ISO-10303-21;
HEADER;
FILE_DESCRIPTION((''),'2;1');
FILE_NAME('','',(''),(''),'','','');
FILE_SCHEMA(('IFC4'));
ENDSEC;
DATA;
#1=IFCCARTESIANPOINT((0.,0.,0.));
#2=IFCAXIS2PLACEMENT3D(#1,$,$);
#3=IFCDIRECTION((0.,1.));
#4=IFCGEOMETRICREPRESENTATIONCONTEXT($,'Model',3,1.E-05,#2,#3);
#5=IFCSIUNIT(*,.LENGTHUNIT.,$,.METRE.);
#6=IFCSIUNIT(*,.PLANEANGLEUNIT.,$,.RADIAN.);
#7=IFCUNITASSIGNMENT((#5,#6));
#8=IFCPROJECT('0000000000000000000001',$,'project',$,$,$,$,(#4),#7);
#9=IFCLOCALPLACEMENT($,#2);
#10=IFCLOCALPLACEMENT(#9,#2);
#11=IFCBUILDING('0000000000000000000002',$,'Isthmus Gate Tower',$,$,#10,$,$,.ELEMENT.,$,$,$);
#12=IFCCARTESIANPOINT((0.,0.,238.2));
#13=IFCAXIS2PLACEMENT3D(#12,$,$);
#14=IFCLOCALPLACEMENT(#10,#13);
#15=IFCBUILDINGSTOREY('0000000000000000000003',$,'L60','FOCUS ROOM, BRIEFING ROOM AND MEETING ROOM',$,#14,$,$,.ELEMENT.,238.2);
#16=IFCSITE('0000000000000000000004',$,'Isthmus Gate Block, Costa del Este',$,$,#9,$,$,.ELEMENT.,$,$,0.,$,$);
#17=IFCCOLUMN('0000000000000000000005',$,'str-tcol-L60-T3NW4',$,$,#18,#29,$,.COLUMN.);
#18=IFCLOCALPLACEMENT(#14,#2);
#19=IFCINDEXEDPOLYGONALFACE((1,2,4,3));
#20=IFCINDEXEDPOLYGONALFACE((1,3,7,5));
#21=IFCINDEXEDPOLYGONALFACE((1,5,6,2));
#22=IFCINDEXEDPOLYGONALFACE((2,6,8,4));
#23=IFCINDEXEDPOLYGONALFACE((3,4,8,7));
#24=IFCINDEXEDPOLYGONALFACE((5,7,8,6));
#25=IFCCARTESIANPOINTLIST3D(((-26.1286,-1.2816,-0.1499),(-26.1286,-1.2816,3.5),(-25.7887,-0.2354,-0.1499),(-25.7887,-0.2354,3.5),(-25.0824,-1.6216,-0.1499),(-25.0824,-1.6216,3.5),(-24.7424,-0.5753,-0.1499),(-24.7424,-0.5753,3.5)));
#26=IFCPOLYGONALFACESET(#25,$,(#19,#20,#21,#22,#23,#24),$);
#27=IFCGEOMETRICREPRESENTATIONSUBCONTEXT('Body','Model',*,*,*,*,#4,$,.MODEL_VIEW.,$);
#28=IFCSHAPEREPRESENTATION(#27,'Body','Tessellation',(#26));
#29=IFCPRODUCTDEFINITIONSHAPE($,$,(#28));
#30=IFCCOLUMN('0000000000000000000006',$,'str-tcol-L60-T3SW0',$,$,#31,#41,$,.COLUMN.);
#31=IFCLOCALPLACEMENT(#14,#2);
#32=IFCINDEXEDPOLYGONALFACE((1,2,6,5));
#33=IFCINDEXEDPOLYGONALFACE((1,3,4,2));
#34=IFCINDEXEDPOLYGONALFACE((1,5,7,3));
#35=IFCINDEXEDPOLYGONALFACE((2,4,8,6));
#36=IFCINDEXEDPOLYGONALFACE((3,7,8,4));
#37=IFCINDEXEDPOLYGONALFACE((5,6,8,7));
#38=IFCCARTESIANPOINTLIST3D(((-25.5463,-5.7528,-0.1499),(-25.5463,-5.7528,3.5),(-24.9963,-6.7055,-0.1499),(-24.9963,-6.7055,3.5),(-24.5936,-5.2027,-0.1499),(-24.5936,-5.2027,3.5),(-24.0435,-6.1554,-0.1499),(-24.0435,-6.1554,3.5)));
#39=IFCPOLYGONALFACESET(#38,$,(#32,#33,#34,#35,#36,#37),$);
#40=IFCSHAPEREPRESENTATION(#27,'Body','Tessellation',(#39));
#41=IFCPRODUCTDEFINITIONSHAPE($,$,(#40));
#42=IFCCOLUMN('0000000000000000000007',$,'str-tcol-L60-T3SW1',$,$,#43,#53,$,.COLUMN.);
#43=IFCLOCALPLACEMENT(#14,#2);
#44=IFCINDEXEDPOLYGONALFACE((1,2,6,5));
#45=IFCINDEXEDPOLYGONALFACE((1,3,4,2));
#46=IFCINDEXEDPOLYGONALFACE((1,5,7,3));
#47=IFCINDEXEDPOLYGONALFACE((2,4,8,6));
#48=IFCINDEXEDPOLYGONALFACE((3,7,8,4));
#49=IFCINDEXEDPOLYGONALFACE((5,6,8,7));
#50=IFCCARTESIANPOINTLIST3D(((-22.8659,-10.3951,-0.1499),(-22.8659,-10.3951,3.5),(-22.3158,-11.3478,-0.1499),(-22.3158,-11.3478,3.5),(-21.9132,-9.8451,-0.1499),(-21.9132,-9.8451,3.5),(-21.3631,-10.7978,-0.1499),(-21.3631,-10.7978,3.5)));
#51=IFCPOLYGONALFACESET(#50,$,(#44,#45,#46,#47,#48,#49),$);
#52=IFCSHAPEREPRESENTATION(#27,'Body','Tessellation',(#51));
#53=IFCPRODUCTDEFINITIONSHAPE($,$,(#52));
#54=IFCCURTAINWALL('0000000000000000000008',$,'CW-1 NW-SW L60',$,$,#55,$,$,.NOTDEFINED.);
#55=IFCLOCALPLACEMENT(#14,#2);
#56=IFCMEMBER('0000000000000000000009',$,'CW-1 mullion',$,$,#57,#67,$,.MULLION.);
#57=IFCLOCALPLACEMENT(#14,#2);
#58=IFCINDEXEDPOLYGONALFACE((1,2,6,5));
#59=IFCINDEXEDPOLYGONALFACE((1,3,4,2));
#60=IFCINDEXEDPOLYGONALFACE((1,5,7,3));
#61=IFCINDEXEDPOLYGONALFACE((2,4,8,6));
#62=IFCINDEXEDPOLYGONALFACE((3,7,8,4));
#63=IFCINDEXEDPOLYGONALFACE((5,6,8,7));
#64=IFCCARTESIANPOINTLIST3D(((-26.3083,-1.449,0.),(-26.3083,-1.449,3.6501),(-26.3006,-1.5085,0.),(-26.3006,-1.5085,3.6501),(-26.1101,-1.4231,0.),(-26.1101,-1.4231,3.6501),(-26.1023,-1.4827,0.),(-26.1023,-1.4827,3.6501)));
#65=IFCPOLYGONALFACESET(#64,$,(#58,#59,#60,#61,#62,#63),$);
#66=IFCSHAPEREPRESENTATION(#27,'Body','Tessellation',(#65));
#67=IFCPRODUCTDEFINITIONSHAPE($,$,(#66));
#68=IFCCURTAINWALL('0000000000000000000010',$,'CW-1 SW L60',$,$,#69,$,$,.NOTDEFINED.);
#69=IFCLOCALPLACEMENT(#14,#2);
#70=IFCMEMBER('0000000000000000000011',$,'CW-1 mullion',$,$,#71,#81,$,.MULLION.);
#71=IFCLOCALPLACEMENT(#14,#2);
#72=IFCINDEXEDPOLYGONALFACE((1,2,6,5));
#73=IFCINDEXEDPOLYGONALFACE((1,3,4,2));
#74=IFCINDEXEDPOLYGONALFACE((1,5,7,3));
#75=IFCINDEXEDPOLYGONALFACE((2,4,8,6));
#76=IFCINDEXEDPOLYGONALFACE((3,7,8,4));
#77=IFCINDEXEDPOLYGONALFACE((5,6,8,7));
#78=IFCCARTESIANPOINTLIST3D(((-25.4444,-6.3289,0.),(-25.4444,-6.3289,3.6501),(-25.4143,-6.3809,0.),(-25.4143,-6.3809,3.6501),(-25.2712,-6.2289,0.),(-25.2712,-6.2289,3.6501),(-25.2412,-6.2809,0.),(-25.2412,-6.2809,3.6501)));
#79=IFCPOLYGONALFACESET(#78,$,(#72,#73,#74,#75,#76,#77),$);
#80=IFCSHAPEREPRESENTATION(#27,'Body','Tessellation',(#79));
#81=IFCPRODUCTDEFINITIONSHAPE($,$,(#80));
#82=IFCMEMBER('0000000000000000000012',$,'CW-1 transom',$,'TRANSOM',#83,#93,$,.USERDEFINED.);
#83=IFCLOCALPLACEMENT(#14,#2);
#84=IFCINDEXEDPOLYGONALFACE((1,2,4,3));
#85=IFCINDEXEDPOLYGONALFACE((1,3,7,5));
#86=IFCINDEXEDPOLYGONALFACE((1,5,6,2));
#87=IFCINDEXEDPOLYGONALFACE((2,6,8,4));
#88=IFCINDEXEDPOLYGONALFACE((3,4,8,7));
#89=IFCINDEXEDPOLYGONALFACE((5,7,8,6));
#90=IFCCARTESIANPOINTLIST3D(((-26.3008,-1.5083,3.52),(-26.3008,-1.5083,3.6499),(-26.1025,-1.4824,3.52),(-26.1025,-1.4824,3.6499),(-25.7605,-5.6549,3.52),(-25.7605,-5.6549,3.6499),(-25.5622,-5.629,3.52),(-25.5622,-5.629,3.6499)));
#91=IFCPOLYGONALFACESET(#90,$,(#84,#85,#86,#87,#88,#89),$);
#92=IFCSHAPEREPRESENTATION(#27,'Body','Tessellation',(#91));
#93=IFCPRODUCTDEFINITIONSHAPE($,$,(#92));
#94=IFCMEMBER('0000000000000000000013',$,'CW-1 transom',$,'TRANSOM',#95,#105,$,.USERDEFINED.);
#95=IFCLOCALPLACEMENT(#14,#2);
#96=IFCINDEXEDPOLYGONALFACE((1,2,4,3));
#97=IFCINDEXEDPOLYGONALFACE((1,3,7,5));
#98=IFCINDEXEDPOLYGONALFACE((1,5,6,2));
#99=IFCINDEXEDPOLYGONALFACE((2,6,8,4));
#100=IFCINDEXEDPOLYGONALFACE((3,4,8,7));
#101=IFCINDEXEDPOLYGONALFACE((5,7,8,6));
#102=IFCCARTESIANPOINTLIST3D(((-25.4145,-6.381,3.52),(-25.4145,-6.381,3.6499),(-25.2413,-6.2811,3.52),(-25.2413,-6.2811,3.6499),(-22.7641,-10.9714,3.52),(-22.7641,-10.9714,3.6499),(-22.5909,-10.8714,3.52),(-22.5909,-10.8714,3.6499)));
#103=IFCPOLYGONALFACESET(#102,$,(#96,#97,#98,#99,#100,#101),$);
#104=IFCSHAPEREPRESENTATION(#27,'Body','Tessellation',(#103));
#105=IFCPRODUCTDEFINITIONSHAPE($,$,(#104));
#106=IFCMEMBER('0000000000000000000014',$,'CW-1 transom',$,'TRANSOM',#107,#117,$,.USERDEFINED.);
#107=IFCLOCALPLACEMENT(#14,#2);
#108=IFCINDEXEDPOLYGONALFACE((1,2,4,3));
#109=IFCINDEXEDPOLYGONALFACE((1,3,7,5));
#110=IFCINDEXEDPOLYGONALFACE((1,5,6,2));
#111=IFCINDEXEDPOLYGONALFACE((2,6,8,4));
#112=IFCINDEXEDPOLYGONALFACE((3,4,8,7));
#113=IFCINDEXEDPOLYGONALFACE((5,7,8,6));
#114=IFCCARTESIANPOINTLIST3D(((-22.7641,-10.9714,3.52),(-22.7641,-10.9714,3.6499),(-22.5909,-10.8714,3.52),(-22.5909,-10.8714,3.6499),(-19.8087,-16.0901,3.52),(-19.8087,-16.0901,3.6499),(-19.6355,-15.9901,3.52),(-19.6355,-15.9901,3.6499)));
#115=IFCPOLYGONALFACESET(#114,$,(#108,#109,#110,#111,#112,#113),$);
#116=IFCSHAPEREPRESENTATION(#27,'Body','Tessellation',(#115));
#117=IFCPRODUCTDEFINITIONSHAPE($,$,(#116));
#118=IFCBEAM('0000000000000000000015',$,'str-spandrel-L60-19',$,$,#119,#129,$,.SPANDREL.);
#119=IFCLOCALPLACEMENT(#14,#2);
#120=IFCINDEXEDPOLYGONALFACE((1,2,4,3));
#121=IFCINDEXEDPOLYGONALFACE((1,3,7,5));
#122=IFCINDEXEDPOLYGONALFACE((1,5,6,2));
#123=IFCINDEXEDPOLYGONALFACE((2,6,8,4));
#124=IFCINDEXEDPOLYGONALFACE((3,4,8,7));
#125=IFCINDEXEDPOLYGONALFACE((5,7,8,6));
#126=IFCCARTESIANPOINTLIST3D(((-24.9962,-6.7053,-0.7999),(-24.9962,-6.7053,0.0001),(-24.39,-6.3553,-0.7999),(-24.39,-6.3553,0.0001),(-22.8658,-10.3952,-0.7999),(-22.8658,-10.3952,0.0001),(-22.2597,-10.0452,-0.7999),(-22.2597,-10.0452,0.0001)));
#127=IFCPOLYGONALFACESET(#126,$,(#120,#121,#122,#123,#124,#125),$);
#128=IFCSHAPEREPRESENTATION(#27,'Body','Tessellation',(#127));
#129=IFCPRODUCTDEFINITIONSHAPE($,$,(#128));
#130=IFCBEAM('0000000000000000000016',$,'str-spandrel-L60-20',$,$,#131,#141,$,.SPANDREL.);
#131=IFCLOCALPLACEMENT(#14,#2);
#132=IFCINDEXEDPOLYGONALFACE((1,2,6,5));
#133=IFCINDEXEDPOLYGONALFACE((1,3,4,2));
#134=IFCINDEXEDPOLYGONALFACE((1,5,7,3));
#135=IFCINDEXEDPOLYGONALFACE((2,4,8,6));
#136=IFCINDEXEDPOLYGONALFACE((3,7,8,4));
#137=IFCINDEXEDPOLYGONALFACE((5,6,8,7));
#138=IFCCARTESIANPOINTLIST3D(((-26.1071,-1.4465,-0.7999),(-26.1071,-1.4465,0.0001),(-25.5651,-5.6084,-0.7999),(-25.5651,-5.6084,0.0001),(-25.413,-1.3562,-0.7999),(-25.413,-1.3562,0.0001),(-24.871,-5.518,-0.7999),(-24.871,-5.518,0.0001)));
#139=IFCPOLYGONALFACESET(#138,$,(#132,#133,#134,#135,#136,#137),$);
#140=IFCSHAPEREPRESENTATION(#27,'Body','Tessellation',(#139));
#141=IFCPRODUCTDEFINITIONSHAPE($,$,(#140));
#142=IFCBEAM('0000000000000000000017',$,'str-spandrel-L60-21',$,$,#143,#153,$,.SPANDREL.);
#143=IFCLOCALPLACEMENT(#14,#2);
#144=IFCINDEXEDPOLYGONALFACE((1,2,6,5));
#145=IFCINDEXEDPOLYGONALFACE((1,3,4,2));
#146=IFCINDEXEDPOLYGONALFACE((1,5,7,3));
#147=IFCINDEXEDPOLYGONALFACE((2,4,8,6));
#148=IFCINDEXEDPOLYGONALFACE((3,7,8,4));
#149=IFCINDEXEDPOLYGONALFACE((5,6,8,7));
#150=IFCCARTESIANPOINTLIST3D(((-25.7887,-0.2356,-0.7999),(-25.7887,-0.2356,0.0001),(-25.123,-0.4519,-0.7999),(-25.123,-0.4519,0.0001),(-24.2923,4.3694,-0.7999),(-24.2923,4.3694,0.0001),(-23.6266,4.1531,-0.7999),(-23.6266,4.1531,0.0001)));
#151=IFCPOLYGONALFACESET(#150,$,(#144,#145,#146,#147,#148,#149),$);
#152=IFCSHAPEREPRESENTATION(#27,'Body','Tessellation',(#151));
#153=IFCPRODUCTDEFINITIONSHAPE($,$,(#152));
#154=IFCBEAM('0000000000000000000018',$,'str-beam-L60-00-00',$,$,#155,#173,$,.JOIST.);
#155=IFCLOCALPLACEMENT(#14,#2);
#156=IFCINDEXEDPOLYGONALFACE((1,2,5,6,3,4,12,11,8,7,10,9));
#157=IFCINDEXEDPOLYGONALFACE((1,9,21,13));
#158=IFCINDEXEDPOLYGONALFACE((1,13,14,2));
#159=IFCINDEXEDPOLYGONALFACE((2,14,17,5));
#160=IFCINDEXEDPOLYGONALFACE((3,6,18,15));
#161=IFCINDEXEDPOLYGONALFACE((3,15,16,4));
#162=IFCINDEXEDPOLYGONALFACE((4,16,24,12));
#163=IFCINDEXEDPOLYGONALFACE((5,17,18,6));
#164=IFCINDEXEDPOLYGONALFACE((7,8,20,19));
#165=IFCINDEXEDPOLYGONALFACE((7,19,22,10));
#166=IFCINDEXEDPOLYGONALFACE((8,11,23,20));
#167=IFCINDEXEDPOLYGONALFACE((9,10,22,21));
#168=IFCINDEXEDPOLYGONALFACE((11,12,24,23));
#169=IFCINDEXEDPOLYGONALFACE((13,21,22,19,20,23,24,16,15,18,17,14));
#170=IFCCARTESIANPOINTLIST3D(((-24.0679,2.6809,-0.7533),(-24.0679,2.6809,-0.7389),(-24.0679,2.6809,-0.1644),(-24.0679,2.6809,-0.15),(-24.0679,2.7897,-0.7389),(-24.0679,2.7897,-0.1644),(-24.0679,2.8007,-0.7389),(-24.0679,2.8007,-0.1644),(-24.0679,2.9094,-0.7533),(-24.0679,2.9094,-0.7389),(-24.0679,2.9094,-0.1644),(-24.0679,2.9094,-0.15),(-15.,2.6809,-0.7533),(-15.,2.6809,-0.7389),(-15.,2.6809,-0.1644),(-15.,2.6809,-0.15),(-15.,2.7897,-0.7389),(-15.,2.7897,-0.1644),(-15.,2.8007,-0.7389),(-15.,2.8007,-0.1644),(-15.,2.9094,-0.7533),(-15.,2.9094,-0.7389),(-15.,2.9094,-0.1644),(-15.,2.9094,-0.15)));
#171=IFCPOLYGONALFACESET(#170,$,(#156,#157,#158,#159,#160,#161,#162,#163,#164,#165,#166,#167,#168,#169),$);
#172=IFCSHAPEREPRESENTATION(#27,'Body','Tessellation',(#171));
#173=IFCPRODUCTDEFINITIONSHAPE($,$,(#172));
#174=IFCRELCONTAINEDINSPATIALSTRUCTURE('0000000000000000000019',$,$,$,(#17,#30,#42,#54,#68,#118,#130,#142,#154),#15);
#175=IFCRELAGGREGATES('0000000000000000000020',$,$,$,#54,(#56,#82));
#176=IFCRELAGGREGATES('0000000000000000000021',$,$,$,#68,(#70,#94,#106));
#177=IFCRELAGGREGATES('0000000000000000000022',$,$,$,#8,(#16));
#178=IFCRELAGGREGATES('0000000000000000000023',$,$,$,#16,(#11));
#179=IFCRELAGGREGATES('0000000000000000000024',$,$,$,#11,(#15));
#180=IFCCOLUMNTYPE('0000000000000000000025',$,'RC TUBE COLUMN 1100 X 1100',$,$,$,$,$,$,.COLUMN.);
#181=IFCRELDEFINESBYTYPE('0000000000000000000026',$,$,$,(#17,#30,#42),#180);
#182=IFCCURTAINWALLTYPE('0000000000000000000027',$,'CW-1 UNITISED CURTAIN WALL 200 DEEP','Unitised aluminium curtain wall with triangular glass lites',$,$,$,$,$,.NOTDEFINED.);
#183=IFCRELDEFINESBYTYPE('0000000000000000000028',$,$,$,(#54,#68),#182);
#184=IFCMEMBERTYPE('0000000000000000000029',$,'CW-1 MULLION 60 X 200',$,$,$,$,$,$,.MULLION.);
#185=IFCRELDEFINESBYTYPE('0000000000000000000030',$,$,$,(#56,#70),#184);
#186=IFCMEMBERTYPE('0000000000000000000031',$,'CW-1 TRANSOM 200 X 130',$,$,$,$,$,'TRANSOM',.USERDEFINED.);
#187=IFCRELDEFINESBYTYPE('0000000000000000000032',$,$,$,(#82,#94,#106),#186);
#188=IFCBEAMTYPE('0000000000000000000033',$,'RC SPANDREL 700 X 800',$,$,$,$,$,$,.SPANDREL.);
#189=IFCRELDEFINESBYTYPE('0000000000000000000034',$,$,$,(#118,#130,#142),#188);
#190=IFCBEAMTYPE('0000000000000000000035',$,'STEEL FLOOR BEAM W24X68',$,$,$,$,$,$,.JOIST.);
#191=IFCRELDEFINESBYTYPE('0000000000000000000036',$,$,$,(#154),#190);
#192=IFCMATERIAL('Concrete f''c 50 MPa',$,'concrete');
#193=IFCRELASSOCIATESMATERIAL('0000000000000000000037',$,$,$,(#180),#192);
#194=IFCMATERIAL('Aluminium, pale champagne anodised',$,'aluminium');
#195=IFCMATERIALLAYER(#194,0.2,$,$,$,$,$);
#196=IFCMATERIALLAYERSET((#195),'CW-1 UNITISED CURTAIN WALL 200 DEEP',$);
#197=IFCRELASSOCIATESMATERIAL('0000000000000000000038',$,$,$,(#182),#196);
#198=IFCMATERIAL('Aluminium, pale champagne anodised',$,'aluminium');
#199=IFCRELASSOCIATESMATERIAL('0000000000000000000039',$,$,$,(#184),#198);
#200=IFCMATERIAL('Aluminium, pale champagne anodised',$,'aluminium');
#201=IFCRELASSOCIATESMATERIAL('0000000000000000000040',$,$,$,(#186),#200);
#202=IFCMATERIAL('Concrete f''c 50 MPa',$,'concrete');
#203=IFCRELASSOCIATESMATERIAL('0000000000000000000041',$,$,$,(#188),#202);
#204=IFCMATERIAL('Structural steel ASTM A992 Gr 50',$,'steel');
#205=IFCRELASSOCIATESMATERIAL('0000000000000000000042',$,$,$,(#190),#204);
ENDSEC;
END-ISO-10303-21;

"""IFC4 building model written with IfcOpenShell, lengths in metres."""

from ifc_helpers import new_model, si_unit, direction, frame, origin, origin_2d, place, context, subcontext, project, spatial, rectangle, i_section, extrude, material, layer, layer_set, material_profile, profile_set, type_object, element, aggregate, save


model = new_model("IFC4")

# Units and contexts
model_context = context("Model", 3, precision=1e-05, world=origin(), true_north=direction((0.0, 1.0)))
body_context = subcontext(model_context, "Body", "Model", "MODEL_VIEW")
ifc_project = project(units=[si_unit("LENGTHUNIT", "METRE"), si_unit("PLANEANGLEUNIT", "RADIAN")], contexts=[model_context])

# Site, building, storey
site_placement = place(None, origin())
site = spatial("IfcSite", under=ifc_project, at=site_placement, Name="Isthmus Gate Block, Costa del Este", CompositionType="ELEMENT", RefElevation=0.0)
building_placement = place(site_placement, origin())
building = spatial("IfcBuilding", under=site, at=building_placement, Name="Isthmus Gate Tower", CompositionType="ELEMENT")
storey_placement = place(building_placement, frame((0.0, 0.0, 238.2)))
storey = spatial("IfcBuildingStorey", under=building, at=storey_placement, Name="L60", Description="FOCUS ROOM, BRIEFING ROOM AND MEETING ROOM", CompositionType="ELEMENT", Elevation=238.2)

# Columns
ifc_material_1 = material(Name="Concrete f'c 50 MPa", Category="concrete")
ifc_material_profile_1 = material_profile(ifc_material_1, rectangle(XDim=1.1001, YDim=1.1001, at=origin_2d()), Name="RC 1100X1100")
ifc_profile_set_1 = profile_set([ifc_material_profile_1], Name="Concrete f'c 50 MPa")
column_type = type_object("IfcColumnType", Name="RC TUBE COLUMN 1100 X 1100", PredefinedType="COLUMN", material=ifc_profile_set_1)
for number, where, z_axis, x_axis, name in (
    (1, (-25.4355, -0.9285, -0.1499), (0.0, 0.0, 1.0), (-0.309017, -0.951057, 0.0), "str-tcol-L60-T3NW4"),
    (2, (-24.7949, -5.9541, -0.1499), (0.0, 0.0, 1.0), (0.5, -0.866025, 0.0), "str-tcol-L60-T3SW0"),
    (3, (-22.1145, -10.5964, -0.1499), (0.0, 0.0, 1.0), (0.5, -0.866025, 0.0), "str-tcol-L60-T3SW1"),
):
    element("IfcColumn", number, at=place(storey_placement, frame(where, z_axis=z_axis, x_axis=x_axis)), inside=storey, type_object=column_type, Name=name, PredefinedType="COLUMN", context=body_context, shape_type="SweptSolid", body=[
        extrude(rectangle(XDim=1.1001, YDim=1.1001, at=origin_2d()), origin(), (0.0, 0.0, 1.0), 3.6499),
    ])

# Curtain walls, members
ifc_material_2 = material(Name="Aluminium, pale champagne anodised", Category="aluminium")
ifc_layer_1 = layer(ifc_material_2, 0.2)
ifc_layer_set_1 = layer_set([ifc_layer_1], Name="CW-1 UNITISED CURTAIN WALL 200 DEEP")
curtain_wall_type = type_object("IfcCurtainWallType", Name="CW-1 UNITISED CURTAIN WALL 200 DEEP", Description="Unitised aluminium curtain wall with triangular glass lites", PredefinedType="NOTDEFINED", material=ifc_layer_set_1)
curtain_wall_1_placement = place(storey_placement, origin())
curtain_wall_1 = element("IfcCurtainWall", 4, at=curtain_wall_1_placement, inside=storey, type_object=curtain_wall_type, Name="CW-1 NW-SW L60", PredefinedType="NOTDEFINED")
ifc_material_3 = material(Name="Aluminium, pale champagne anodised", Category="aluminium")
ifc_material_profile_2 = material_profile(ifc_material_3, rectangle(XDim=0.0601, YDim=0.2, at=origin_2d()), Name="60x200")
ifc_profile_set_2 = profile_set([ifc_material_profile_2], Name="Aluminium, pale champagne anodised")
member_type_1 = type_object("IfcMemberType", Name="CW-1 MULLION 60 X 200", PredefinedType="MULLION", material=ifc_profile_set_2)
member_1_placement = place(storey_placement, frame((-26.2053, -1.4658, 0.0), z_axis=(0.0, 0.0, 1.0), x_axis=(0.129165, -0.991623, 0.0)))
member_1 = element("IfcMember", 5, at=member_1_placement, type_object=member_type_1, Name="CW-1 mullion", PredefinedType="MULLION", context=body_context, shape_type="SweptSolid", body=[
    extrude(rectangle(XDim=0.0601, YDim=0.2, at=origin_2d()), origin(), (0.0, 0.0, 1.0), 3.6501),
])
curtain_wall_2_placement = place(storey_placement, origin())
curtain_wall_2 = element("IfcCurtainWall", 6, at=curtain_wall_2_placement, inside=storey, type_object=curtain_wall_type, Name="CW-1 SW L60", PredefinedType="NOTDEFINED")
member_2_placement = place(storey_placement, frame((-25.3428, -6.3049, 0.0), z_axis=(0.0, 0.0, 1.0), x_axis=(0.5, -0.866025, 0.0)))
member_2 = element("IfcMember", 7, at=member_2_placement, type_object=member_type_1, Name="CW-1 mullion", PredefinedType="MULLION", context=body_context, shape_type="SweptSolid", body=[
    extrude(rectangle(XDim=0.0601, YDim=0.2, at=origin_2d()), origin(), (0.0, 0.0, 1.0), 3.6501),
])

# Members
ifc_material_4 = material(Name="Aluminium, pale champagne anodised", Category="aluminium")
ifc_material_profile_3 = material_profile(ifc_material_4, rectangle(XDim=0.2, YDim=0.1299, at=origin_2d()), Name="200x130")
ifc_profile_set_3 = profile_set([ifc_material_profile_3], Name="Aluminium, pale champagne anodised")
member_type_2 = type_object("IfcMemberType", Name="CW-1 TRANSOM 200 X 130", ElementType="TRANSOM", PredefinedType="USERDEFINED", material=ifc_profile_set_3)
member_3_placement = place(storey_placement, frame((-26.2017, -1.4954, 3.585), z_axis=(0.129207, -0.991618, 0.0), x_axis=(0.991618, 0.129207, 0.0)))
member_3 = element("IfcMember", 8, at=member_3_placement, type_object=member_type_2, Name="CW-1 transom", ObjectType="TRANSOM", PredefinedType="USERDEFINED", context=body_context, shape_type="SweptSolid", body=[
    extrude(rectangle(XDim=0.2, YDim=0.1299, at=origin_2d()), origin(), (0.0, 0.0, 1.0), 4.1816),
])
member_4_placement = place(storey_placement, frame((-25.3279, -6.3311, 3.585), z_axis=(0.500023, -0.866012, 0.0), x_axis=(0.866012, 0.500023, 0.0)))
member_4 = element("IfcMember", 9, at=member_4_placement, type_object=member_type_2, Name="CW-1 transom", ObjectType="TRANSOM", PredefinedType="USERDEFINED", context=body_context, shape_type="SweptSolid", body=[
    extrude(rectangle(XDim=0.2, YDim=0.1299, at=origin_2d()), origin(), (0.0, 0.0, 1.0), 5.3005),
])
member_5_placement = place(storey_placement, frame((-22.6775, -10.9214, 3.585), z_axis=(0.500008, -0.86602, 0.0), x_axis=(0.86602, 0.500008, 0.0)))
member_5 = element("IfcMember", 10, at=member_5_placement, type_object=member_type_2, Name="CW-1 transom", ObjectType="TRANSOM", PredefinedType="USERDEFINED", context=body_context, shape_type="SweptSolid", body=[
    extrude(rectangle(XDim=0.2, YDim=0.1299, at=origin_2d()), origin(), (0.0, 0.0, 1.0), 5.9106),
])

# Beams
ifc_material_5 = material(Name="Concrete f'c 50 MPa", Category="concrete")
ifc_material_profile_4 = material_profile(ifc_material_5, rectangle(XDim=0.7, YDim=0.8, at=origin_2d()), Name="RC 700X800")
ifc_profile_set_4 = profile_set([ifc_material_profile_4], Name="Concrete f'c 50 MPa")
beam_type_1 = type_object("IfcBeamType", Name="RC SPANDREL 700 X 800", PredefinedType="SPANDREL", material=ifc_profile_set_4)
beam_1_placement = place(storey_placement, frame((-22.5627, -10.2202, -0.3999), z_axis=(-0.499997, 0.866027, 0.0), x_axis=(-0.866027, -0.499997, 0.0)))
element("IfcBeam", 11, at=beam_1_placement, inside=storey, type_object=beam_type_1, Name="str-spandrel-L60-19", PredefinedType="SPANDREL", context=body_context, shape_type="SweptSolid", body=[
    extrude(rectangle(XDim=0.7, YDim=0.8, at=origin_2d()), origin(), (0.0, 0.0, 1.0), 4.2607),
])
beam_2_placement = place(storey_placement, frame((-25.218, -5.5632, -0.3999), z_axis=(-0.129138, 0.991627, 0.0), x_axis=(-0.991627, -0.129138, 0.0)))
element("IfcBeam", 12, at=beam_2_placement, inside=storey, type_object=beam_type_1, Name="str-spandrel-L60-20", PredefinedType="SPANDREL", context=body_context, shape_type="SweptSolid", body=[
    extrude(rectangle(XDim=0.7, YDim=0.8, at=origin_2d()), origin(), (0.0, 0.0, 1.0), 4.197),
])
beam_3_placement = place(storey_placement, frame((-25.4558, -0.3438, -0.3999), z_axis=(0.309034, 0.951051, 0.0), x_axis=(-0.951051, 0.309034, 0.0)))
element("IfcBeam", 13, at=beam_3_placement, inside=storey, type_object=beam_type_1, Name="str-spandrel-L60-21", PredefinedType="SPANDREL", context=body_context, shape_type="SweptSolid", body=[
    extrude(rectangle(XDim=0.7, YDim=0.8, at=origin_2d()), origin(), (0.0, 0.0, 1.0), 4.842),
])
ifc_material_6 = material(Name="Structural steel ASTM A992 Gr 50", Category="steel")
ifc_material_profile_5 = material_profile(ifc_material_6, i_section(OverallWidth=0.2285, OverallDepth=0.6033, WebThickness=0.011, FlangeThickness=0.0144, at=origin_2d()), Name="W24X68")
ifc_profile_set_5 = profile_set([ifc_material_profile_5], Name="Structural steel ASTM A992 Gr 50")
beam_type_2 = type_object("IfcBeamType", Name="STEEL FLOOR BEAM W24X68", PredefinedType="JOIST", material=ifc_profile_set_5)
beam_4_placement = place(storey_placement, frame((-24.0679, 2.7952, -0.4517), z_axis=(1.0, 0.0, 0.0), x_axis=(0.0, 1.0, 0.0)))
element("IfcBeam", 14, at=beam_4_placement, inside=storey, type_object=beam_type_2, Name="str-beam-L60-00-00", PredefinedType="JOIST", context=body_context, shape_type="SweptSolid", body=[
    extrude(i_section(OverallWidth=0.2285, OverallDepth=0.6033, WebThickness=0.011, FlangeThickness=0.0144, at=origin_2d()), origin(), (0.0, 0.0, 1.0), 9.0679),
])

aggregate(curtain_wall_1, [member_1, member_3])
aggregate(curtain_wall_2, [member_2, member_4, member_5])

save(model, "model.ifc")
